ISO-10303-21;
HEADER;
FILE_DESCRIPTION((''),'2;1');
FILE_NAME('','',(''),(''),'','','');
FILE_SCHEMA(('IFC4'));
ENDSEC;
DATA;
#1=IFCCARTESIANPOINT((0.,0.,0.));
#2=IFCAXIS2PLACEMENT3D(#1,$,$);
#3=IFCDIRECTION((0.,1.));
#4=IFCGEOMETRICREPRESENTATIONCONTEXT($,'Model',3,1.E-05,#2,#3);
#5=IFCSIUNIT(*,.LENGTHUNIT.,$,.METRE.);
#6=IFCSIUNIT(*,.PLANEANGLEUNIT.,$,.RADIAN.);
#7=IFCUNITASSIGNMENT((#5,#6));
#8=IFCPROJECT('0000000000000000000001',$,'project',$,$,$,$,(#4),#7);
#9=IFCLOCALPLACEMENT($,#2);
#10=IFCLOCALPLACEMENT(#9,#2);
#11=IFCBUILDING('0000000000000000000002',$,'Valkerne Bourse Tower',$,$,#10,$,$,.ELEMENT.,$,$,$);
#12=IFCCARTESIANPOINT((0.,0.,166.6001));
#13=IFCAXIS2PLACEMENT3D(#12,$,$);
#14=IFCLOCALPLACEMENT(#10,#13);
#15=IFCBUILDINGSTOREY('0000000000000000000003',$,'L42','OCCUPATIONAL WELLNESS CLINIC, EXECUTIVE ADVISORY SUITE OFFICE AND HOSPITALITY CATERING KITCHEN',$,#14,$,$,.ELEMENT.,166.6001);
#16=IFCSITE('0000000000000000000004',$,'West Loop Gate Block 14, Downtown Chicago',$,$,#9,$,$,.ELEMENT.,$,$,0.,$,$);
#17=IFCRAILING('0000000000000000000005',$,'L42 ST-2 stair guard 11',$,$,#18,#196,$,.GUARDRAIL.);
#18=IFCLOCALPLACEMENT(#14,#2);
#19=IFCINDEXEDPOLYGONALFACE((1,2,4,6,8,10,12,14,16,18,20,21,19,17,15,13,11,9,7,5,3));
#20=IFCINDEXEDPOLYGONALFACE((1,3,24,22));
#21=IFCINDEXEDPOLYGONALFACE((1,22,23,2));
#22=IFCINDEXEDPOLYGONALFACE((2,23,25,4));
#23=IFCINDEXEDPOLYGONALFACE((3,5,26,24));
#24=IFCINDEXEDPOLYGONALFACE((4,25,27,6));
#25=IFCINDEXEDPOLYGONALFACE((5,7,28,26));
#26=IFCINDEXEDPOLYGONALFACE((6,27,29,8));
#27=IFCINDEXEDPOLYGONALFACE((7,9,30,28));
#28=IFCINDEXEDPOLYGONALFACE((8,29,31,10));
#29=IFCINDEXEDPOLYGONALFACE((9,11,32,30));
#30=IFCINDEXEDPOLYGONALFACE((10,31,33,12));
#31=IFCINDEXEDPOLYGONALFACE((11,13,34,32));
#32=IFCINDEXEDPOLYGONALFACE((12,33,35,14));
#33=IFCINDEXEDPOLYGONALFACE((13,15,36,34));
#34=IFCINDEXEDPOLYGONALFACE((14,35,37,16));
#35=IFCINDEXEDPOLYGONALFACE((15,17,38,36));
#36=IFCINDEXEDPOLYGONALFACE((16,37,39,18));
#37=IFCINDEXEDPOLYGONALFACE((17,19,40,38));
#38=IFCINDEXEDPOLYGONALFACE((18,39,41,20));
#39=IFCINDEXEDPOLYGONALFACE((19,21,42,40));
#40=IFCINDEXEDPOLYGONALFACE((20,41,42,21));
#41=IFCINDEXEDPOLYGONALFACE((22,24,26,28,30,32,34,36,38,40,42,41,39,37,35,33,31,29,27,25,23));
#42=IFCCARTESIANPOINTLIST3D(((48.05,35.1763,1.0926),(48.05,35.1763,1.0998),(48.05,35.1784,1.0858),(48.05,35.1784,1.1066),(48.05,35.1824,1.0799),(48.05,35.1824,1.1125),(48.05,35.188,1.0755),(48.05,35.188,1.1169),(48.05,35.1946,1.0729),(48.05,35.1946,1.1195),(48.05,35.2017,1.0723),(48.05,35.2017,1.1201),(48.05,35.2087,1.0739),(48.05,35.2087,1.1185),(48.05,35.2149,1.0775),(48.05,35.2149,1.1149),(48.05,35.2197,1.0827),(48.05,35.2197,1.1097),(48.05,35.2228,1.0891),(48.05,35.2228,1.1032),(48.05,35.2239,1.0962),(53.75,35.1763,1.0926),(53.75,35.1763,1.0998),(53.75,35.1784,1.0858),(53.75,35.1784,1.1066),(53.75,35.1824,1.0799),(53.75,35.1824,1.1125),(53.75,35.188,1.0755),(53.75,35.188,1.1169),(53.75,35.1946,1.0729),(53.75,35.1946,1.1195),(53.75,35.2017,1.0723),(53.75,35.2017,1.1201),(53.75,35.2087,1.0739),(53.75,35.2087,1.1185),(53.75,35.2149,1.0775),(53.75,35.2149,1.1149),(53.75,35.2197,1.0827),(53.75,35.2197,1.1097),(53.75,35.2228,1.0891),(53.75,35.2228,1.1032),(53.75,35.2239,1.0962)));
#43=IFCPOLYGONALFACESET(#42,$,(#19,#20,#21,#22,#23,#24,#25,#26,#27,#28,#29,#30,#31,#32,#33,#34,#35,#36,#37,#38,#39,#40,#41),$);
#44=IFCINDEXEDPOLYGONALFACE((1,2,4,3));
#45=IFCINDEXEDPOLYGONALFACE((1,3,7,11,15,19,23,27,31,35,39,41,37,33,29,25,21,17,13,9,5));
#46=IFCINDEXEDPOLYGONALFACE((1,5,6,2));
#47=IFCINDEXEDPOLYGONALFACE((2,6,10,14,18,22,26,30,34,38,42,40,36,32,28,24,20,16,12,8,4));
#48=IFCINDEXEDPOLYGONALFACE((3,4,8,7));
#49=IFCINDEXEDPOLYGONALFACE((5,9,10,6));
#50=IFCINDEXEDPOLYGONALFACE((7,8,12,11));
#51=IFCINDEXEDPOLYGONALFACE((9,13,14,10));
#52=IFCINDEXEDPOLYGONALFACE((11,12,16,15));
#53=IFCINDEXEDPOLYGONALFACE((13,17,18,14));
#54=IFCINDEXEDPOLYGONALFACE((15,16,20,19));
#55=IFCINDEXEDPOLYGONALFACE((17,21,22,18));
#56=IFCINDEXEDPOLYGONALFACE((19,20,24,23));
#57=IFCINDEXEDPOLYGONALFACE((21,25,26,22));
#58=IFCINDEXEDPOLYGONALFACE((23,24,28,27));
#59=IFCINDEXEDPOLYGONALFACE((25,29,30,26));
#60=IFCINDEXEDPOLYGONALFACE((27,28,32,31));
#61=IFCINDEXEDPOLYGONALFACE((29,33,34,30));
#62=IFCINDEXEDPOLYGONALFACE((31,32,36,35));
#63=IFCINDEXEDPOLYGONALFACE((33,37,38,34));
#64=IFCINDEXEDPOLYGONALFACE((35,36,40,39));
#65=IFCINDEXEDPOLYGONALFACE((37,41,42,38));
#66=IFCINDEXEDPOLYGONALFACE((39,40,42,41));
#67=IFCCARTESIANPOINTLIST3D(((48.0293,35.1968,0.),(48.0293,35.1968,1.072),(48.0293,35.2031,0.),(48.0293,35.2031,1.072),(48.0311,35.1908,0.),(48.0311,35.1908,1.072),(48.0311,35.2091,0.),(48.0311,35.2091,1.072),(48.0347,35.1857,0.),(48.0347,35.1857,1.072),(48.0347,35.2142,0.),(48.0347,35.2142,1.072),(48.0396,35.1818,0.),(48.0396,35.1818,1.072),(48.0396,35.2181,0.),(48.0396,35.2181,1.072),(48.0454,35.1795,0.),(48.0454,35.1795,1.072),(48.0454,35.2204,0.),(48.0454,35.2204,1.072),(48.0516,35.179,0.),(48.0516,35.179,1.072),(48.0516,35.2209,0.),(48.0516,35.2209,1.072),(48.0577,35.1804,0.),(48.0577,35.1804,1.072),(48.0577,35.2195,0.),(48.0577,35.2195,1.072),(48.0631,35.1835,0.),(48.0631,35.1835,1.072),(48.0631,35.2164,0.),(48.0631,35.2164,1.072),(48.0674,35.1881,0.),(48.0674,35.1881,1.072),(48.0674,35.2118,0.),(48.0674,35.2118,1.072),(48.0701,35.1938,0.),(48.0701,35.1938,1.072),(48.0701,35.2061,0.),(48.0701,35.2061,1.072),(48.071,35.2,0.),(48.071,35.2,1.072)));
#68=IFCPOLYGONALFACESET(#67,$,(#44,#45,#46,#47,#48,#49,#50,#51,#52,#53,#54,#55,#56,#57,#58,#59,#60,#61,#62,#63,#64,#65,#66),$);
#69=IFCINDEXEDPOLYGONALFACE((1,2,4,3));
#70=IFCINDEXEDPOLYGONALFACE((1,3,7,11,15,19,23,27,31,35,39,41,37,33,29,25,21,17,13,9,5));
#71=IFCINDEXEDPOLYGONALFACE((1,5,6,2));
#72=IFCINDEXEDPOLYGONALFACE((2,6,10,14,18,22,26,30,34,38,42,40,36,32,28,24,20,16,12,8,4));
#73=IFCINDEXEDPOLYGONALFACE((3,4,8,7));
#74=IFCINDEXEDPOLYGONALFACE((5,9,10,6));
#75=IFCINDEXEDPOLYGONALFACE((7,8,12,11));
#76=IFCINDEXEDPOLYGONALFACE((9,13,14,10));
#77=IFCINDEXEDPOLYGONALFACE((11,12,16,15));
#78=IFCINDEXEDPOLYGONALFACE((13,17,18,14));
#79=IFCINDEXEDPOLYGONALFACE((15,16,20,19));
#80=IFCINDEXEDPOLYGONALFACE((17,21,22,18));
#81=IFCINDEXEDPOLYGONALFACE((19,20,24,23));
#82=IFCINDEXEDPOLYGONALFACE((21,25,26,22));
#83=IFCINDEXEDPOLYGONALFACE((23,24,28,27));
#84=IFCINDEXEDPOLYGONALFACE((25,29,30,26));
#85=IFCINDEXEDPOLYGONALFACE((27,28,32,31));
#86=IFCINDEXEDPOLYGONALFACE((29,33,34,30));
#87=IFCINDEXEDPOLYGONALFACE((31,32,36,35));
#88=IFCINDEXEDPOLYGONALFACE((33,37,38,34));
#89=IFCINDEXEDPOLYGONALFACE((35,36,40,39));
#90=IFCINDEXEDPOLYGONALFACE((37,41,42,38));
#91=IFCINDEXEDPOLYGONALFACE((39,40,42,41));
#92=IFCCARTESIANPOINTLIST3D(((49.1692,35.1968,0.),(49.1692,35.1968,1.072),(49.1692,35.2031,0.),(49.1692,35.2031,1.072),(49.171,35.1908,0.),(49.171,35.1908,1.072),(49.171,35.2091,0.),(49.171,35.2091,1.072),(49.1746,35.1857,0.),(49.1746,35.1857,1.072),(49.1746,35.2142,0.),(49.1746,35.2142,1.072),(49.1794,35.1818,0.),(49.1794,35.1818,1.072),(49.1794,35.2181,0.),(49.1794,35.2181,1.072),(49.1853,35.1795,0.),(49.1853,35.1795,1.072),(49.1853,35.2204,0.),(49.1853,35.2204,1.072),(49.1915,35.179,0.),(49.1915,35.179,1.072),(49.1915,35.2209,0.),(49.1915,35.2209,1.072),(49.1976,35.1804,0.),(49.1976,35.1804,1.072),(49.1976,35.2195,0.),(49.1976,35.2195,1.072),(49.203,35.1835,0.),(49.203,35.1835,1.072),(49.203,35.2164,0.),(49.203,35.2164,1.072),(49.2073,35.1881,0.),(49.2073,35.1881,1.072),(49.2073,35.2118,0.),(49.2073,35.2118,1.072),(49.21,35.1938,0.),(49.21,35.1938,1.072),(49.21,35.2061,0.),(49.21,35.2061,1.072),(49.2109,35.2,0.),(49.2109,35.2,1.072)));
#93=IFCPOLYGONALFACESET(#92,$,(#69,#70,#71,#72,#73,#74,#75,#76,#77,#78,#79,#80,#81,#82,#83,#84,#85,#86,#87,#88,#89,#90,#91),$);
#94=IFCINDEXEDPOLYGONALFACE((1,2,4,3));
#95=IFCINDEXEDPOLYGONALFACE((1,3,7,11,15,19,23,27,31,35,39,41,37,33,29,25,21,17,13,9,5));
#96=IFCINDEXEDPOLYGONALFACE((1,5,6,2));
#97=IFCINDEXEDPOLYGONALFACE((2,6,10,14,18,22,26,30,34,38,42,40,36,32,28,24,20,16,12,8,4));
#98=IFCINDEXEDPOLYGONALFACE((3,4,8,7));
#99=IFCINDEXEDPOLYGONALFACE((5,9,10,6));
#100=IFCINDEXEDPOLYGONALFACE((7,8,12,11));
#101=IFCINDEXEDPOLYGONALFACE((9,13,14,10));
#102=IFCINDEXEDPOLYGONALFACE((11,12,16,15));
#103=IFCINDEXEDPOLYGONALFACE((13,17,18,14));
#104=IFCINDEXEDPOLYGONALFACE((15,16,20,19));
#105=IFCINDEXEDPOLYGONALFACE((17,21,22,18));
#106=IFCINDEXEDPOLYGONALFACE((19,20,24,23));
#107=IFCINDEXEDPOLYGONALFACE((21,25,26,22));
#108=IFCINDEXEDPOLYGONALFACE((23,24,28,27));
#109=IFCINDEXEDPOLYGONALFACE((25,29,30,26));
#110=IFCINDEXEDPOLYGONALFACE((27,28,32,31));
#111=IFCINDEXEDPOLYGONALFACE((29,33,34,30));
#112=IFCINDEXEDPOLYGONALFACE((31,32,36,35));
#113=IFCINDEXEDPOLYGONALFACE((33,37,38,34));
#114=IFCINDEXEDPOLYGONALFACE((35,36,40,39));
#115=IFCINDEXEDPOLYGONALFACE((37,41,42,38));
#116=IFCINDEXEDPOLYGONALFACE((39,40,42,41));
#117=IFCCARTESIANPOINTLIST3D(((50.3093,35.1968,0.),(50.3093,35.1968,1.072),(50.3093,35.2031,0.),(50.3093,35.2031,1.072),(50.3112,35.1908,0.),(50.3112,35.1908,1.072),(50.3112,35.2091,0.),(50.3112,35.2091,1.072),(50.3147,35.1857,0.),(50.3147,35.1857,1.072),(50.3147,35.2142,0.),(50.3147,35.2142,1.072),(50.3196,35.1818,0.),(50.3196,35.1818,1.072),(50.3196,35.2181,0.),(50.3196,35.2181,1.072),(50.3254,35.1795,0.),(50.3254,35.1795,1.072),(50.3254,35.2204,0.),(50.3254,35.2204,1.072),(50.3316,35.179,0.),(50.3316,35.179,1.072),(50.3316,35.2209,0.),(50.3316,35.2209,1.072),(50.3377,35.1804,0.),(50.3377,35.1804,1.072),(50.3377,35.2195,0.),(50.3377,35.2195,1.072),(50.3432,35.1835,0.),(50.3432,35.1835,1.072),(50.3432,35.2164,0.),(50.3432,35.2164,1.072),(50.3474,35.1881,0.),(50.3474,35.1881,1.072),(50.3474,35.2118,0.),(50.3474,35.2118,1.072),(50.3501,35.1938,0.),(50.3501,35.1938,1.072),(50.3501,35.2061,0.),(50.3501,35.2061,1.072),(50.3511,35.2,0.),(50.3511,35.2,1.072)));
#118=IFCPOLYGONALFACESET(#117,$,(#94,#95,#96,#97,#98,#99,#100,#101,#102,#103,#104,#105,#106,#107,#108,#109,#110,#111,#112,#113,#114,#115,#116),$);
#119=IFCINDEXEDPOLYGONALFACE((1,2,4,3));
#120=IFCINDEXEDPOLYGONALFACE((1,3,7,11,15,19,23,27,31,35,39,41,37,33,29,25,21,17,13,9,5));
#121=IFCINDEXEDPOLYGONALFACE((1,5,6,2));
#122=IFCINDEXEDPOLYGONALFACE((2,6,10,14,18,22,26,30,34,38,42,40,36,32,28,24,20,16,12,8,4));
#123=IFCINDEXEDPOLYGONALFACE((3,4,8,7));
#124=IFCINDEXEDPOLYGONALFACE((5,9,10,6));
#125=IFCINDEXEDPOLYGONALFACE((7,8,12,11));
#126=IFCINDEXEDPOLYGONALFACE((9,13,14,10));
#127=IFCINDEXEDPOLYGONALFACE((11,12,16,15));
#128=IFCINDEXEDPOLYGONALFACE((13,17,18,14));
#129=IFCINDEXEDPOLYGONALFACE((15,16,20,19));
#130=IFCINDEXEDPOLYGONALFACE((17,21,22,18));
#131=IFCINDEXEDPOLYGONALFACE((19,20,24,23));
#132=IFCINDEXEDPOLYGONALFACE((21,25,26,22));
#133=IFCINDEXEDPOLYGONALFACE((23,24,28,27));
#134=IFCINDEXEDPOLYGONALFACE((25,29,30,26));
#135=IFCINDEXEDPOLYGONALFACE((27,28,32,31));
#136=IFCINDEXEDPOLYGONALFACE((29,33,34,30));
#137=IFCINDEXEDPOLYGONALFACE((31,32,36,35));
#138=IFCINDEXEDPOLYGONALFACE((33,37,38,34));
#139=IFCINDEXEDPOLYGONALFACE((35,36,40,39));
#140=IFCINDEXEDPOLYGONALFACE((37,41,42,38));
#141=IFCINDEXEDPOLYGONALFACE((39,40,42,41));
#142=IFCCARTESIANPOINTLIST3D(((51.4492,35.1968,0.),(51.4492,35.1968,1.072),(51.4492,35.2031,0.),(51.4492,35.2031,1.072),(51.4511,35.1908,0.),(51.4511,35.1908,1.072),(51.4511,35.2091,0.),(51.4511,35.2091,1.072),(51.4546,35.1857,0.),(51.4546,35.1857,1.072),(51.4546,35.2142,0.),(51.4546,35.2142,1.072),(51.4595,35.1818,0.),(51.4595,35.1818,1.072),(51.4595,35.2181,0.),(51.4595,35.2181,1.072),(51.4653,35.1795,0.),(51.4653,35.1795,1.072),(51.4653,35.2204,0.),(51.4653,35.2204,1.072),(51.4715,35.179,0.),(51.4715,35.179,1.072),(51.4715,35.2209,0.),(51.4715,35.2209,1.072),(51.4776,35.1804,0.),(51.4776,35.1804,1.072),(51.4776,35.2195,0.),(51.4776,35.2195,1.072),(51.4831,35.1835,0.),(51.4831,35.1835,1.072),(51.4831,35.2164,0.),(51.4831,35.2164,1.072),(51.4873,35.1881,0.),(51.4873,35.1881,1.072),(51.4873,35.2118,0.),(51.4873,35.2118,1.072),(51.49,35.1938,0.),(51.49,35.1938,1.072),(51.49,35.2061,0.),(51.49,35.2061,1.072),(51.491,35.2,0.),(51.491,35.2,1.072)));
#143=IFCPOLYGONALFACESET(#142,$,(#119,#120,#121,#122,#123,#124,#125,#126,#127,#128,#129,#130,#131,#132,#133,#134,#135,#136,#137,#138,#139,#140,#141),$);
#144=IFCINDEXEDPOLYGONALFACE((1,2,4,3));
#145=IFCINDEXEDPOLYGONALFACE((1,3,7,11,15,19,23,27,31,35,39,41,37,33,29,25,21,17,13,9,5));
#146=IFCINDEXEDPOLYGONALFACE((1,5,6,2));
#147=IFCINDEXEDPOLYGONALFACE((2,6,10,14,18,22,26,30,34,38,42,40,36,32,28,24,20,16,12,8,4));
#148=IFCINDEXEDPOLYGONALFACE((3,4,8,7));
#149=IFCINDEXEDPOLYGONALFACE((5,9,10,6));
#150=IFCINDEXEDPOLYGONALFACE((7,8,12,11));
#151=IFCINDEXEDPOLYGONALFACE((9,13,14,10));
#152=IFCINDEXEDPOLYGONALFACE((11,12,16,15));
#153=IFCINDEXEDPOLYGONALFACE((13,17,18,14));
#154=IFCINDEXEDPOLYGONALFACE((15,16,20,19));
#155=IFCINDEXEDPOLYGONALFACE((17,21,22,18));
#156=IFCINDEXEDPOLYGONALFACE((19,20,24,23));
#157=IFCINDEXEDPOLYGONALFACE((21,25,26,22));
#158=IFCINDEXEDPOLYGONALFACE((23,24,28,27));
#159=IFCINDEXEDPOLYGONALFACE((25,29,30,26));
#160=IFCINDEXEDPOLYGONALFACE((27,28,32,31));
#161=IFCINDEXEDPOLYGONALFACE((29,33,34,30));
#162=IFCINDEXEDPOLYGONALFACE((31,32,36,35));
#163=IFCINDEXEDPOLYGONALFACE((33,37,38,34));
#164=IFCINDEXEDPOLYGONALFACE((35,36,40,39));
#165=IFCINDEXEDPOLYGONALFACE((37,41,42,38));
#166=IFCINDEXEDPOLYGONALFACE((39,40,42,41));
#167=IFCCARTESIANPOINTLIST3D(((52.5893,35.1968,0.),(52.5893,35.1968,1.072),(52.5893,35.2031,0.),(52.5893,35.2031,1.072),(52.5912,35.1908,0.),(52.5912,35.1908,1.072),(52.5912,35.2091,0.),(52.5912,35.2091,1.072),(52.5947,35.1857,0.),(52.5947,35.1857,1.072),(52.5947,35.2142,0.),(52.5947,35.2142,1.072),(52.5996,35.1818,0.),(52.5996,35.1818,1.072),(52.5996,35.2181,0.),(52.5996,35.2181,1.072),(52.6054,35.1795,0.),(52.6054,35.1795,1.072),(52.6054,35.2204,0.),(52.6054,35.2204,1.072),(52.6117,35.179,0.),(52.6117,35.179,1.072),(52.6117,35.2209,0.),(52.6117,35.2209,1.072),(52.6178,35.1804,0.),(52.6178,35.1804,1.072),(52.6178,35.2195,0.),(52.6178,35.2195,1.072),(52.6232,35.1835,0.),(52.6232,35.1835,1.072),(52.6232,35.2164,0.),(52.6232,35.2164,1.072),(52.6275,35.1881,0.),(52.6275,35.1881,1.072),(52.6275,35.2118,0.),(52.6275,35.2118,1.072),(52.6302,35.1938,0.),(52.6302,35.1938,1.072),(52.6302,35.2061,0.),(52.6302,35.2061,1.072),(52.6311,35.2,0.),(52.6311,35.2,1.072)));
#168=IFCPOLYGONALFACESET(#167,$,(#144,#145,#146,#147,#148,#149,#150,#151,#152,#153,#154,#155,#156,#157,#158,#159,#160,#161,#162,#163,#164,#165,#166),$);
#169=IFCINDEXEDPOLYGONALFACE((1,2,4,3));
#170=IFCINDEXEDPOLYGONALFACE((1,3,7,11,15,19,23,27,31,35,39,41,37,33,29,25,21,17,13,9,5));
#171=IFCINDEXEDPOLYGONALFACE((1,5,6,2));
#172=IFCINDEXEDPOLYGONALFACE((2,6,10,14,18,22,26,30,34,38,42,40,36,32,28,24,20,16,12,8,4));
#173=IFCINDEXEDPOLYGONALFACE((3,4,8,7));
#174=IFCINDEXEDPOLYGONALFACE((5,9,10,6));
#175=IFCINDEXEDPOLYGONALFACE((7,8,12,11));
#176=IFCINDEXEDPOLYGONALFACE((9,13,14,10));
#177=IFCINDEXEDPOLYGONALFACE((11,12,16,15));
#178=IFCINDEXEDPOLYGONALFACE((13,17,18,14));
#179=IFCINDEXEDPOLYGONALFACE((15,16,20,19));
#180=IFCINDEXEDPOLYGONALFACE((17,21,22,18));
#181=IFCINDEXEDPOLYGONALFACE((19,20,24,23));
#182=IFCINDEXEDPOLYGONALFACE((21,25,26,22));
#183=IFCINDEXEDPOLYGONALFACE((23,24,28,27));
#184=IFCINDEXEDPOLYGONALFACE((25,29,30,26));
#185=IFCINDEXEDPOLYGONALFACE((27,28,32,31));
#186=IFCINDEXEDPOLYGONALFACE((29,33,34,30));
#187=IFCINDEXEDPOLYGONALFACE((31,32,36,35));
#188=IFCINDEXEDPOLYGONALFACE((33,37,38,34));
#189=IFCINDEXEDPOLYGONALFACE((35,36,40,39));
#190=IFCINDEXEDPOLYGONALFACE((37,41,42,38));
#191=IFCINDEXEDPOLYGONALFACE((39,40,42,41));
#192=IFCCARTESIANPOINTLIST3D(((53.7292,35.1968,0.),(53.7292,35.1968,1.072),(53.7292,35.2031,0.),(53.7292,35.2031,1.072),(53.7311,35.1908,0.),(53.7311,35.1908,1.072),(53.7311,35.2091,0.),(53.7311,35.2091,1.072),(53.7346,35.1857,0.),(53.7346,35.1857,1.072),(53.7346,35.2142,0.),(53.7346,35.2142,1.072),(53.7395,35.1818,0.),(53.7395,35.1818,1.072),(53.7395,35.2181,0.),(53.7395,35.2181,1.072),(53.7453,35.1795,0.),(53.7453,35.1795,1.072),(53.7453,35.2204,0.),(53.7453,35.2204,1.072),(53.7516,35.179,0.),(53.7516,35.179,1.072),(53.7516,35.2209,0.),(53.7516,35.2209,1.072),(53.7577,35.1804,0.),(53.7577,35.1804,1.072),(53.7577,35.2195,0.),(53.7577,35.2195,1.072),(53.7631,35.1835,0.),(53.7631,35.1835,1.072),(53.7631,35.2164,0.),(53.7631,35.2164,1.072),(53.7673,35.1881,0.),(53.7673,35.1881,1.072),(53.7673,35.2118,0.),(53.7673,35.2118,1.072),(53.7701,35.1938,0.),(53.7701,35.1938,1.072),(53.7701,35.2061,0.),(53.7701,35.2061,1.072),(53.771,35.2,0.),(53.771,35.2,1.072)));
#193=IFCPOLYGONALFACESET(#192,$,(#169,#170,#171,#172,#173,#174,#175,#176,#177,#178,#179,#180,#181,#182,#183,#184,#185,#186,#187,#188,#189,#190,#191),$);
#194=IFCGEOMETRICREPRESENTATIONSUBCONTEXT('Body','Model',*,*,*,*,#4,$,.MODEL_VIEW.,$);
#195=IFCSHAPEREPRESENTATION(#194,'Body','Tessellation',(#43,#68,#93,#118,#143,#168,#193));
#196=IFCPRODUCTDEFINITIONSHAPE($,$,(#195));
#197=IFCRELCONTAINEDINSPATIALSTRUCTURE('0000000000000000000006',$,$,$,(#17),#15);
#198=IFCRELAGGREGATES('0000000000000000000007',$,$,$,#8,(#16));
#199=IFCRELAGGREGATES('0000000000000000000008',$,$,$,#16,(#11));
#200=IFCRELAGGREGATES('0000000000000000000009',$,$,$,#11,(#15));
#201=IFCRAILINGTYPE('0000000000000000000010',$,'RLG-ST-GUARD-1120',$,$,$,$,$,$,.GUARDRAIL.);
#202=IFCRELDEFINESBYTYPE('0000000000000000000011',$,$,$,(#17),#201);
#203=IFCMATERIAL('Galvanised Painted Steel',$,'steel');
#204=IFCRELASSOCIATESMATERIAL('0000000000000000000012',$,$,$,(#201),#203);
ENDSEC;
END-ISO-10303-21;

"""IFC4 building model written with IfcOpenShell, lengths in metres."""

from ifc_helpers import new_model, si_unit, direction, frame, origin, origin_2d, place, context, subcontext, project, spatial, circle, extrude, material, type_object, element, save


model = new_model("IFC4")

# Units and contexts
model_context = context("Model", 3, precision=1e-05, world=origin(), true_north=direction((0.0, 1.0)))
body_context = subcontext(model_context, "Body", "Model", "MODEL_VIEW")
ifc_project = project(units=[si_unit("LENGTHUNIT", "METRE"), si_unit("PLANEANGLEUNIT", "RADIAN")], contexts=[model_context])

# Site, building, storey
site_placement = place(None, origin())
site = spatial("IfcSite", under=ifc_project, at=site_placement, Name="West Loop Gate Block 14, Downtown Chicago", CompositionType="ELEMENT", RefElevation=0.0)
building_placement = place(site_placement, origin())
building = spatial("IfcBuilding", under=site, at=building_placement, Name="Valkerne Bourse Tower", CompositionType="ELEMENT")
storey_placement = place(building_placement, frame((0.0, 0.0, 166.6001)))
storey = spatial("IfcBuildingStorey", under=building, at=storey_placement, Name="L42", Description="OCCUPATIONAL WELLNESS CLINIC, EXECUTIVE ADVISORY SUITE OFFICE AND HOSPITALITY CATERING KITCHEN", CompositionType="ELEMENT", Elevation=166.6001)

# Shared definitions
ifc_material_1 = material(Name="Galvanised Painted Steel", Category="steel")

# Railing
railing_type_1 = type_object("IfcRailingType", Name="RLG-ST-GUARD-1120", PredefinedType="GUARDRAIL", material=ifc_material_1)
for number, where, name in (
    (1, (48.05, 35.2, 0.0), "L42 ST-2 stair guard 11"),
):
    element("IfcRailing", number, at=place(storey_placement, frame(where)), inside=storey, type_object=railing_type_1, Name=name, PredefinedType="GUARDRAIL", context=body_context, shape_type="SweptSolid", body=[
        extrude(circle(Radius=0.0239, at=origin_2d()), frame((0.0, 0.0, 1.0962), z_axis=(1.0, 0.0, 0.0), x_axis=(0.0, 1.0, 0.0)), (0.0, 0.0, 1.0), 5.7),
        extrude(circle(Radius=0.021, at=origin_2d()), origin(), (0.0, 0.0, 1.0), 1.072),
        extrude(circle(Radius=0.021, at=origin_2d()), frame((1.1399, 0.0, 0.0)), (0.0, 0.0, 1.0), 1.072),
        extrude(circle(Radius=0.021, at=origin_2d()), frame((2.28, 0.0, 0.0)), (0.0, 0.0, 1.0), 1.072),
        extrude(circle(Radius=0.021, at=origin_2d()), frame((3.4199, 0.0, 0.0)), (0.0, 0.0, 1.0), 1.072),
        extrude(circle(Radius=0.021, at=origin_2d()), frame((4.5601, 0.0, 0.0)), (0.0, 0.0, 1.0), 1.072),
        extrude(circle(Radius=0.021, at=origin_2d()), frame((5.7, 0.0, 0.0)), (0.0, 0.0, 1.0), 1.072),
    ])

save(model, "model.ifc")
